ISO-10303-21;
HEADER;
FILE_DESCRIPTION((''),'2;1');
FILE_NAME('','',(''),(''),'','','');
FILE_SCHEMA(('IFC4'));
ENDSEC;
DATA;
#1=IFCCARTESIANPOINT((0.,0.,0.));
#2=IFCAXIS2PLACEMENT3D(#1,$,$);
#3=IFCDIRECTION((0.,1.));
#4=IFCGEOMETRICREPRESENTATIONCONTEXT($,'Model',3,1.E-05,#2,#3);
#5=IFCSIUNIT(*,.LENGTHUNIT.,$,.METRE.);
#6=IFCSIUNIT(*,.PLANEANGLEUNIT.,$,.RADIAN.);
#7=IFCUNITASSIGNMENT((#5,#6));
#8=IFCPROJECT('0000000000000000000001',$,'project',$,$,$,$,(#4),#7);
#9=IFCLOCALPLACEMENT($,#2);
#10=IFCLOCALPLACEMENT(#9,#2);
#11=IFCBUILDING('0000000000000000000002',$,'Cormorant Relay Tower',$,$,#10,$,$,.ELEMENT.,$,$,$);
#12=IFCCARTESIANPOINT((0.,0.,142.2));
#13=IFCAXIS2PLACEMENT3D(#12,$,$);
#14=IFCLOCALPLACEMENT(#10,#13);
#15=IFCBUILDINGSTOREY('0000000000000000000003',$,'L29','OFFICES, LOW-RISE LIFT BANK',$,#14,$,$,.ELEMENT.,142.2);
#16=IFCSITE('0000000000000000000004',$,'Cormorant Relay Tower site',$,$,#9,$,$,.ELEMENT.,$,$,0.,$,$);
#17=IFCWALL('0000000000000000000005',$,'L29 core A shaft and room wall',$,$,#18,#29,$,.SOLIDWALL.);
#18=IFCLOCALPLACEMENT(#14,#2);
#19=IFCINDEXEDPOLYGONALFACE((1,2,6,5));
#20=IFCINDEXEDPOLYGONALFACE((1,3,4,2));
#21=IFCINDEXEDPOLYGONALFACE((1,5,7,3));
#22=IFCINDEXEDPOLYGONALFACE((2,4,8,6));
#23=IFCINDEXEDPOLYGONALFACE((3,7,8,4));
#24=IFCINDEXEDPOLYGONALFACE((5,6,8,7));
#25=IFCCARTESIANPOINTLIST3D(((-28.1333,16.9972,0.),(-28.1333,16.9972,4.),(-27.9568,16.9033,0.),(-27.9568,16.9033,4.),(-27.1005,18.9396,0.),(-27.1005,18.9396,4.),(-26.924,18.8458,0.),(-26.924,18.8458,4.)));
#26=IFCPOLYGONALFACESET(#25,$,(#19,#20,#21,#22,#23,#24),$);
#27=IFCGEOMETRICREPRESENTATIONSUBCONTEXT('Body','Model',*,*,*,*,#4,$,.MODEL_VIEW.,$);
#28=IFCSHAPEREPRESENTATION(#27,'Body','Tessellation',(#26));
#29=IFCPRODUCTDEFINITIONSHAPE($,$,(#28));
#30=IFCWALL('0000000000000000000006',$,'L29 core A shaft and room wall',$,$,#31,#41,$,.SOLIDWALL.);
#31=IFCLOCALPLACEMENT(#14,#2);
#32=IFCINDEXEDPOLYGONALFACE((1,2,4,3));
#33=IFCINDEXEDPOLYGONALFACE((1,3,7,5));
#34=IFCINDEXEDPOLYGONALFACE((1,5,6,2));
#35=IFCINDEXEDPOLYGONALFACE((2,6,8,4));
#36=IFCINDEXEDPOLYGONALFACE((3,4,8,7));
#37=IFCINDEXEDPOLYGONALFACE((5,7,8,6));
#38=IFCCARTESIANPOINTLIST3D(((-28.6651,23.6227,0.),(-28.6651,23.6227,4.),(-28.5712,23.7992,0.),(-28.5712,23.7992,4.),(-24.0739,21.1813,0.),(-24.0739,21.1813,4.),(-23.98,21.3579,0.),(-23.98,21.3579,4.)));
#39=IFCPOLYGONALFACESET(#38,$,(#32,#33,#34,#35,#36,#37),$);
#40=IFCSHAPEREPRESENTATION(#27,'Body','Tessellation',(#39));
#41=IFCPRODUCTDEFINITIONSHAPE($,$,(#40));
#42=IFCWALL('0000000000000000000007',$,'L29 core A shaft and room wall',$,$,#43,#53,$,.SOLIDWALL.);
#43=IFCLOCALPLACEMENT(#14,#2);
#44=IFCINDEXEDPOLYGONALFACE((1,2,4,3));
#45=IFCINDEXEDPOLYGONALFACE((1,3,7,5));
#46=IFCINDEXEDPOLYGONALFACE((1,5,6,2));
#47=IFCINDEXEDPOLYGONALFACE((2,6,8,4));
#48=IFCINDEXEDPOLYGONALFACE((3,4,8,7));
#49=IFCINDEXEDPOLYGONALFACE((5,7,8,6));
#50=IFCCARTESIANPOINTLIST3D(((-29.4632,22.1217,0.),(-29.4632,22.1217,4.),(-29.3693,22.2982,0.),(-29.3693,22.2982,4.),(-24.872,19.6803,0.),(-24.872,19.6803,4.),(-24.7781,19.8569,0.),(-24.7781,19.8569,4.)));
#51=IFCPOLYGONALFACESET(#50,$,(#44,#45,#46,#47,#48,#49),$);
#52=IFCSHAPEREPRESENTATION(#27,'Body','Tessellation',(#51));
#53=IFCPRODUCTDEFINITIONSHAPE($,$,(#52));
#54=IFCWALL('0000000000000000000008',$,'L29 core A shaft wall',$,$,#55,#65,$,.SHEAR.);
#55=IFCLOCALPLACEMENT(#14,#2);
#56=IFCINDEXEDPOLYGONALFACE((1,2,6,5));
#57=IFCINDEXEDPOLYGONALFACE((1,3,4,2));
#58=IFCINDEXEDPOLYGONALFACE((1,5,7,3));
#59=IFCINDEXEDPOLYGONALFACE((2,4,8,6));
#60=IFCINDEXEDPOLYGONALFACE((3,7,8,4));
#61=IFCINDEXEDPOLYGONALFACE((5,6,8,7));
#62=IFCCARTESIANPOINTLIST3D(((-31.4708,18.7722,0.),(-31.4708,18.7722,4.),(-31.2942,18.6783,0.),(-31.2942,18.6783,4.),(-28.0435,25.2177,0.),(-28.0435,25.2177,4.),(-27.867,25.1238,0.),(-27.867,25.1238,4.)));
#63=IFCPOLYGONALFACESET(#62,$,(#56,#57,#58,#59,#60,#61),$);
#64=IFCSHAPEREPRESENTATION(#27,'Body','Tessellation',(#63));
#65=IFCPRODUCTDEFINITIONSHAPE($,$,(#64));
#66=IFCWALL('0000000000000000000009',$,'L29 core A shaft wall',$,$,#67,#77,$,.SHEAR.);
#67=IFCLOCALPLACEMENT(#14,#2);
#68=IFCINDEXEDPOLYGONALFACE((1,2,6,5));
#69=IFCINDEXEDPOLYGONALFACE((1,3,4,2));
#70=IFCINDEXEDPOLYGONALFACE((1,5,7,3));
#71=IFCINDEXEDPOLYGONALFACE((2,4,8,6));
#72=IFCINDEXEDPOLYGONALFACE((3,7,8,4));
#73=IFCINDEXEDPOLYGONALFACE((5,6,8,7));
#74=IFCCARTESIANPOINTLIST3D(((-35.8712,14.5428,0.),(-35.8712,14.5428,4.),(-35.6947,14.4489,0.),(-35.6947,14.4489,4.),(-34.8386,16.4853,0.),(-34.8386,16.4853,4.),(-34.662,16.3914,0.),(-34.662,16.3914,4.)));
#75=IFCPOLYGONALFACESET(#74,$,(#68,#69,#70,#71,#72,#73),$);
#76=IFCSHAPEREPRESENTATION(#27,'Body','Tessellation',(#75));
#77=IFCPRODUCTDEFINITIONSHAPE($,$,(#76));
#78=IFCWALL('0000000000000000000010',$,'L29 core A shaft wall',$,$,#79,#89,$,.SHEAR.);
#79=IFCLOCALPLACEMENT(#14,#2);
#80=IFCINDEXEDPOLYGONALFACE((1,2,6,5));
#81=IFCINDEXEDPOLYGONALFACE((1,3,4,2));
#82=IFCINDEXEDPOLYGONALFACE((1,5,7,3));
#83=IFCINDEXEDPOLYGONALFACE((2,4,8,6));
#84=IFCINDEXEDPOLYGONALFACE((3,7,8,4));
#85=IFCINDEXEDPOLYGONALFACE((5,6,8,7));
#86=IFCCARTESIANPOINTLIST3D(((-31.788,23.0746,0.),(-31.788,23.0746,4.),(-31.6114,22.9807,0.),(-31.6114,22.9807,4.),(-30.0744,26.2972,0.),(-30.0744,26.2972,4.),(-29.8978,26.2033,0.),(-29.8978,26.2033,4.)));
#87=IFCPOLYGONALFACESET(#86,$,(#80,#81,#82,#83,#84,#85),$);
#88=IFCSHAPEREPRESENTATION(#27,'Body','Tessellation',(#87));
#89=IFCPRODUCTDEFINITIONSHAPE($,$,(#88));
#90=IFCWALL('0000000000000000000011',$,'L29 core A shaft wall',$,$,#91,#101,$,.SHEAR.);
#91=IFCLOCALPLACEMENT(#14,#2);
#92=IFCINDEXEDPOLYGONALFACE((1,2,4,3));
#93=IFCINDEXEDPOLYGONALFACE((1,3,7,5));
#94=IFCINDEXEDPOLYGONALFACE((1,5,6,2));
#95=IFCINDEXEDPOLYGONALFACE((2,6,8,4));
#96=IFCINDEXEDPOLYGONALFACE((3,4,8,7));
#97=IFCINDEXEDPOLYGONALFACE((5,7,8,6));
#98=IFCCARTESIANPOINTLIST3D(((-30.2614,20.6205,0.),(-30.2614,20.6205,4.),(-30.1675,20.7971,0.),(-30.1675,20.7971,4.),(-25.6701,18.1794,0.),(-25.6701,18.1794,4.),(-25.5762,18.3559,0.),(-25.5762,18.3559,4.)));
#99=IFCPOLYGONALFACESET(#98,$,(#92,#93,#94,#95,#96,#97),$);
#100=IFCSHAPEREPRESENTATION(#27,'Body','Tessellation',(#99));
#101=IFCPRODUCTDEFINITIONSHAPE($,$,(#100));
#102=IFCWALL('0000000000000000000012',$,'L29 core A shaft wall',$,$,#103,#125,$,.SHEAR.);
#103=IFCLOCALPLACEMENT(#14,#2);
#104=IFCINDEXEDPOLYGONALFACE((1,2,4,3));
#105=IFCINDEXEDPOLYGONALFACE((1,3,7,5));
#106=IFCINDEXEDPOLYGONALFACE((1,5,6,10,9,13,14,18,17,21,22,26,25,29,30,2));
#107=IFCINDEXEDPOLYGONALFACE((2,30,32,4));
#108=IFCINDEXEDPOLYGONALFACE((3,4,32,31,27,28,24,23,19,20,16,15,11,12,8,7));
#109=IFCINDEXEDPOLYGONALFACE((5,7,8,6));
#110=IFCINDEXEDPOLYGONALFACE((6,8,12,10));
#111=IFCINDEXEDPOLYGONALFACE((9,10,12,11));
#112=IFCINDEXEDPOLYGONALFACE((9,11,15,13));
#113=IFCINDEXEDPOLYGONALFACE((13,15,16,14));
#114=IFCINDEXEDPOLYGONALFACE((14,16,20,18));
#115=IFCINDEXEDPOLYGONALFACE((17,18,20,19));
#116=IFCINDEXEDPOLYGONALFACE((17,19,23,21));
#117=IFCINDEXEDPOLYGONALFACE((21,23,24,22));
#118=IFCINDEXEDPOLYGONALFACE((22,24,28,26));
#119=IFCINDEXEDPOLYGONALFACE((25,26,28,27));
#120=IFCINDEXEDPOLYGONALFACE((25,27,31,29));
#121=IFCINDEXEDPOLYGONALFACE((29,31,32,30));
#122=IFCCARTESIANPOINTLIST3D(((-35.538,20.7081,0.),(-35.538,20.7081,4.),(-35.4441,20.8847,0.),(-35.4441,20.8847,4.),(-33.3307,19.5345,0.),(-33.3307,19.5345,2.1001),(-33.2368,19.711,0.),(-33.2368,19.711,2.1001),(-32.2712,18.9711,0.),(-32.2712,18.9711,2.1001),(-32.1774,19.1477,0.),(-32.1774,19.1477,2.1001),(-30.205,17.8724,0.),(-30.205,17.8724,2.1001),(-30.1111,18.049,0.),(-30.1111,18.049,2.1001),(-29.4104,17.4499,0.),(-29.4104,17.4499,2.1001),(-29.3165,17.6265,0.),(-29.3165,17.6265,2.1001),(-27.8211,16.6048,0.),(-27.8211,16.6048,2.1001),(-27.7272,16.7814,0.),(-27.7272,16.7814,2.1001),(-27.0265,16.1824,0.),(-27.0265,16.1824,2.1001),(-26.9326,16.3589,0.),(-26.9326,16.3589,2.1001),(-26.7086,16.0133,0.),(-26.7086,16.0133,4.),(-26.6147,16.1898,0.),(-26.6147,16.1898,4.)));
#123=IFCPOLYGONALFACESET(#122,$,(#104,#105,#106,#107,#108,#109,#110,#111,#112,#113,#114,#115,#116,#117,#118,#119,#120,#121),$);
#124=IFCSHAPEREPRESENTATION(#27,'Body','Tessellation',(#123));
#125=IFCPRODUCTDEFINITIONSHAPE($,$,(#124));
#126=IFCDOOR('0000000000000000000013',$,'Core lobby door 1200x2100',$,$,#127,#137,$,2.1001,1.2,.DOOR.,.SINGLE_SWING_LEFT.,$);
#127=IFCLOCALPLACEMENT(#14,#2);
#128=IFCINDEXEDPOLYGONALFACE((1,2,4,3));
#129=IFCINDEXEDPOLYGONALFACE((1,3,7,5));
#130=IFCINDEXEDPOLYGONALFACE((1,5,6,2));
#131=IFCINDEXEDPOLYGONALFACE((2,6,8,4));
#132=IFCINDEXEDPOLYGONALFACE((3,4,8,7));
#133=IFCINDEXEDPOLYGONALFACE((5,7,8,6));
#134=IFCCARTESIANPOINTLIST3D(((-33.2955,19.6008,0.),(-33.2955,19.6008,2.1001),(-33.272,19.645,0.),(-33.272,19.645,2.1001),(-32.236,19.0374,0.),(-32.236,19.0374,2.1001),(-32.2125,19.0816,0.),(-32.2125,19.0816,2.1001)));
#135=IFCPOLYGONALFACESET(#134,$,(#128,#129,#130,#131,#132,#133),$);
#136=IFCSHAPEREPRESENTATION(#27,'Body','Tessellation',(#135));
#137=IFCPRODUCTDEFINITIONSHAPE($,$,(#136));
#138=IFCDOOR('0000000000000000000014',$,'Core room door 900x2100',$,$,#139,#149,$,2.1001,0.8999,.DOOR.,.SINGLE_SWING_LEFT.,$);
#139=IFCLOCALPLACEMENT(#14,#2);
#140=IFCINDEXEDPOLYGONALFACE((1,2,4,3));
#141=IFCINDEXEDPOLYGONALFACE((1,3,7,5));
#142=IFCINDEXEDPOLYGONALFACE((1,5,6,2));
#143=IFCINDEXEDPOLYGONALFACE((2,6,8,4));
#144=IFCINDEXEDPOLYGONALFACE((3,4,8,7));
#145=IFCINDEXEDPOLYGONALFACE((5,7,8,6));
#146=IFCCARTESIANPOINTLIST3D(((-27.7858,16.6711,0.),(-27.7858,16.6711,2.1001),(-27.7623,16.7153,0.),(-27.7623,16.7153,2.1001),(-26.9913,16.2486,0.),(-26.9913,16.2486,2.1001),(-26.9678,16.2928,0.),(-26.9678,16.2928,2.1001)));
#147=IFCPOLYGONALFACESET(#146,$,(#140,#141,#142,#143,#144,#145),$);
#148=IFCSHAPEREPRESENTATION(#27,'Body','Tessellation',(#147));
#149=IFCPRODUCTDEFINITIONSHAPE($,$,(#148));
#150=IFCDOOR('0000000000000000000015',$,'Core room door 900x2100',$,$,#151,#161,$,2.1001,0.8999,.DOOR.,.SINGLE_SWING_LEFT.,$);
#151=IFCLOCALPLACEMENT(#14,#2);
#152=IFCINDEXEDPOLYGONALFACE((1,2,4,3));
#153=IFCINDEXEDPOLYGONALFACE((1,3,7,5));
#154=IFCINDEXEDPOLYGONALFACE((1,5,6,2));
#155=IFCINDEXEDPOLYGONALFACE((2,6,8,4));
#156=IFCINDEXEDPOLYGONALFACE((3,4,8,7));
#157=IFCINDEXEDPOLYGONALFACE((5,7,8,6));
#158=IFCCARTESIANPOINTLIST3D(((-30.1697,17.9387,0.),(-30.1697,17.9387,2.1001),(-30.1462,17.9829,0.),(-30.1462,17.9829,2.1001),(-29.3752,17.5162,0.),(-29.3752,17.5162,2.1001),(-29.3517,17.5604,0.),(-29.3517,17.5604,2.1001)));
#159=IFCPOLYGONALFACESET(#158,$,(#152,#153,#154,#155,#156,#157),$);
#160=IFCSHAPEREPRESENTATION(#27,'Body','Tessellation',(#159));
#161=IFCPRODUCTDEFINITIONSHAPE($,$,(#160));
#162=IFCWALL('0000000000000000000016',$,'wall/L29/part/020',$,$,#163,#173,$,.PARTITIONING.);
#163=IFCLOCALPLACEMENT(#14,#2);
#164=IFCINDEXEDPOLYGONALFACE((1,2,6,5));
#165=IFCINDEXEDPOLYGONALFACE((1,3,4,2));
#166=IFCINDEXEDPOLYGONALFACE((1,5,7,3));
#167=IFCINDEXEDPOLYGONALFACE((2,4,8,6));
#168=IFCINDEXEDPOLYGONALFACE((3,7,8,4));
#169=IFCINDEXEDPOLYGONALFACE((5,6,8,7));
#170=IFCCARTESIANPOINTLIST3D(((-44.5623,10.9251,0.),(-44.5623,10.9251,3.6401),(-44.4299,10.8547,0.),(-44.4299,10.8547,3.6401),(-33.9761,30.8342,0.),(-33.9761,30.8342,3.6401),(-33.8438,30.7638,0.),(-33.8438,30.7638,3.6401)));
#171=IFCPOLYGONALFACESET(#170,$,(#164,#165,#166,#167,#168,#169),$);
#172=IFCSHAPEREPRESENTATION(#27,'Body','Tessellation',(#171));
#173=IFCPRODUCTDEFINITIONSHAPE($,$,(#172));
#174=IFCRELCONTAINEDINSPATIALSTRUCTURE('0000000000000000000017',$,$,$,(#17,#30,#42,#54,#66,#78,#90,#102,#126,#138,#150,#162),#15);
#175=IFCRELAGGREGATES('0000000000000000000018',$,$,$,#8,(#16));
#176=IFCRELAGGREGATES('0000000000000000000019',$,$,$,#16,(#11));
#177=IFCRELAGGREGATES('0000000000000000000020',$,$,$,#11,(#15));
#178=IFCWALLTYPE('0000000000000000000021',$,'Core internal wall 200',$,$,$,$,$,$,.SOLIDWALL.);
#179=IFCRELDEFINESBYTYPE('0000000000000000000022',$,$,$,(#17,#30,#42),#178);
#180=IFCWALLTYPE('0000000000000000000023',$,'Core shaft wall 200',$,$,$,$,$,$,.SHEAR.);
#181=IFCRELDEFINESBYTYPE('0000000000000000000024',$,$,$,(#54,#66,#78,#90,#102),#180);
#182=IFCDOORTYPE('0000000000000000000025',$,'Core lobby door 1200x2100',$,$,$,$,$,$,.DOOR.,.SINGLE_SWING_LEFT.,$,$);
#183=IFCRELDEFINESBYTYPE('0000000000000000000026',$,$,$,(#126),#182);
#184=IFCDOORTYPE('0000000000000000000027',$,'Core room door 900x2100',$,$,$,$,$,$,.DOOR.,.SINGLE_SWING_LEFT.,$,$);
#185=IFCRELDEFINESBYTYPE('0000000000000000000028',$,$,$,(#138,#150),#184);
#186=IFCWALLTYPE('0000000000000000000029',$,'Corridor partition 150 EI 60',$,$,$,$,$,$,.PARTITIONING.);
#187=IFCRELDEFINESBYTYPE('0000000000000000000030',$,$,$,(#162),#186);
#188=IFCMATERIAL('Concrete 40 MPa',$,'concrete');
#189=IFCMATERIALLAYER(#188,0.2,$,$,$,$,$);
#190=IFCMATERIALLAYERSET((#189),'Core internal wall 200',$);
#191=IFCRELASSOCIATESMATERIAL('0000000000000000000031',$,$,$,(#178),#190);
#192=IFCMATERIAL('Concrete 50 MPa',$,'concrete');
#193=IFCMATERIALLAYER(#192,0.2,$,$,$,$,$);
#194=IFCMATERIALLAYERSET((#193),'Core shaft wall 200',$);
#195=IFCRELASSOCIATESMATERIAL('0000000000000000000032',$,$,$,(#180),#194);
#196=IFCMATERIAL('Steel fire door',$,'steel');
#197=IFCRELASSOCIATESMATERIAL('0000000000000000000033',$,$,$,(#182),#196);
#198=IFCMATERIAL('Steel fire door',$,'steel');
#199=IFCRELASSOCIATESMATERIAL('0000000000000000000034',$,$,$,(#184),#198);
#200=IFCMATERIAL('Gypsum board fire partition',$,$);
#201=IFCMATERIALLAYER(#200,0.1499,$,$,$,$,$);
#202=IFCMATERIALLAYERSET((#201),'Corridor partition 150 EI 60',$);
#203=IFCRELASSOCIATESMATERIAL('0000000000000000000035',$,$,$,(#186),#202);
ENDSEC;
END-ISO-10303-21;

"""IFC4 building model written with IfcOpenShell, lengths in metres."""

from ifc_helpers import new_model, si_unit, direction, frame, frame_2d, origin, place, context, subcontext, project, spatial, rectangle, extrude, material, layer, layer_set, type_object, element, fill, save


model = new_model("IFC4")

# Units and contexts
model_context = context("Model", 3, precision=1e-05, world=origin(), true_north=direction((0.0, 1.0)))
body_context = subcontext(model_context, "Body", "Model", "MODEL_VIEW")
ifc_project = project(units=[si_unit("LENGTHUNIT", "METRE"), si_unit("PLANEANGLEUNIT", "RADIAN")], contexts=[model_context])

# Site, building, storey
site_placement = place(None, origin())
site = spatial("IfcSite", under=ifc_project, at=site_placement, Name="Cormorant Relay Tower site", CompositionType="ELEMENT", RefElevation=0.0)
building_placement = place(site_placement, origin())
building = spatial("IfcBuilding", under=site, at=building_placement, Name="Cormorant Relay Tower", CompositionType="ELEMENT")
storey_placement = place(building_placement, frame((0.0, 0.0, 142.2)))
storey = spatial("IfcBuildingStorey", under=building, at=storey_placement, Name="L29", Description="OFFICES, LOW-RISE LIFT BANK", CompositionType="ELEMENT", Elevation=142.2)

# Walls
ifc_material_1 = material(Name="Concrete 40 MPa", Category="concrete")
ifc_layer_1 = layer(ifc_material_1, 0.2)
ifc_layer_set_1 = layer_set([ifc_layer_1], Name="Core internal wall 200")
wall_type_1 = type_object("IfcWallType", Name="Core internal wall 200", PredefinedType="SOLIDWALL", material=ifc_layer_set_1)
wall_1_placement = place(storey_placement, frame((-27.0122, 18.8928, 0.0), z_axis=(0.0, 0.0, 1.0), x_axis=(-0.469447, -0.88296, 0.0)))
element("IfcWall", 1, at=wall_1_placement, inside=storey, type_object=wall_type_1, Name="L29 core A shaft and room wall", PredefinedType="SOLIDWALL", context=body_context, shape_type="SweptSolid", body=[
    extrude(rectangle(XDim=2.2, YDim=0.2, at=frame_2d((1.1001, 0.0))), origin(), (0.0, 0.0, 1.0), 4.0),
])
for number, where, z_axis, x_axis, name in (
    (2, (-24.0269, 21.2695, 0.0), (0.0, 0.0, 1.0), (-0.882935, 0.469496, 0.0), "L29 core A shaft and room wall"),
    (3, (-24.825, 19.7686, 0.0), (0.0, 0.0, 1.0), (-0.882935, 0.469496, 0.0), "L29 core A shaft and room wall"),
):
    element("IfcWall", number, at=place(storey_placement, frame(where, z_axis=z_axis, x_axis=x_axis)), inside=storey, type_object=wall_type_1, Name=name, PredefinedType="SOLIDWALL", context=body_context, shape_type="SweptSolid", body=[
        extrude(rectangle(XDim=5.2, YDim=0.2, at=frame_2d((2.6001, 0.0))), origin(), (0.0, 0.0, 1.0), 4.0),
    ])
ifc_material_2 = material(Name="Concrete 50 MPa", Category="concrete")
ifc_layer_2 = layer(ifc_material_2, 0.2)
ifc_layer_set_2 = layer_set([ifc_layer_2], Name="Core shaft wall 200")
wall_type_2 = type_object("IfcWallType", Name="Core shaft wall 200", PredefinedType="SHEAR", material=ifc_layer_set_2)
wall_2_placement = place(storey_placement, frame((-27.9553, 25.1707, 0.0), z_axis=(0.0, 0.0, 1.0), x_axis=(-0.46948, -0.882943, 0.0)))
element("IfcWall", 4, at=wall_2_placement, inside=storey, type_object=wall_type_2, Name="L29 core A shaft wall", PredefinedType="SHEAR", context=body_context, shape_type="SweptSolid", body=[
    extrude(rectangle(XDim=7.3, YDim=0.2, at=frame_2d((3.6499, 0.0))), origin(), (0.0, 0.0, 1.0), 4.0),
])
wall_3_placement = place(storey_placement, frame((-34.7502, 16.4385, 0.0), z_axis=(0.0, 0.0, 1.0), x_axis=(-0.469401, -0.882985, 0.0)))
element("IfcWall", 5, at=wall_3_placement, inside=storey, type_object=wall_type_2, Name="L29 core A shaft wall", PredefinedType="SHEAR", context=body_context, shape_type="SweptSolid", body=[
    extrude(rectangle(XDim=2.2, YDim=0.2, at=frame_2d((1.1001, 0.0))), origin(), (0.0, 0.0, 1.0), 4.0),
])
wall_4_placement = place(storey_placement, frame((-29.9861, 26.2502, 0.0), z_axis=(0.0, 0.0, 1.0), x_axis=(-0.469494, -0.882936, 0.0)))
element("IfcWall", 6, at=wall_4_placement, inside=storey, type_object=wall_type_2, Name="L29 core A shaft wall", PredefinedType="SHEAR", context=body_context, shape_type="SweptSolid", body=[
    extrude(rectangle(XDim=3.6499, YDim=0.2, at=frame_2d((1.825, 0.0))), origin(), (0.0, 0.0, 1.0), 4.0),
])

# Wall
wall_5_placement = place(storey_placement, frame((-25.623, 18.2676, 0.0), z_axis=(0.0, 0.0, 1.0), x_axis=(-0.882954, 0.46946, 0.0)))
element("IfcWall", 7, at=wall_5_placement, inside=storey, type_object=wall_type_2, Name="L29 core A shaft wall", PredefinedType="SHEAR", context=body_context, shape_type="SweptSolid", body=[
    extrude(rectangle(XDim=5.2, YDim=0.2, at=frame_2d((2.6001, 0.0))), origin(), (0.0, 0.0, 1.0), 4.0),
])

# Wall, openings, doors
wall_6_placement = place(storey_placement, frame((-26.6616, 16.1016, 0.0), z_axis=(0.0, 0.0, 1.0), x_axis=(-0.88294, 0.469485, 0.0)))
wall_6 = element("IfcWall", 8, at=wall_6_placement, inside=storey, type_object=wall_type_2, Name="L29 core A shaft wall", PredefinedType="SHEAR", context=body_context, shape_type="SweptSolid", body=[
    extrude(rectangle(XDim=10.0, YDim=0.2, at=frame_2d((5.0, 0.0))), origin(), (0.0, 0.0, 1.0), 4.0),
])
opening_1_placement = place(wall_6_placement, frame((6.3, 0.0, 0.0)))
opening_1 = element("IfcOpeningElement", 9, at=opening_1_placement, cuts=wall_6, PredefinedType="OPENING", context=body_context, shape_type="SweptSolid", body=[
    extrude(rectangle(XDim=1.2, YDim=2.1001, at=frame_2d((0.6001, 1.05))), frame((0.0, 0.1099, 0.0), z_axis=(0.0, -1.0, 0.0), x_axis=(1.0, 0.0, 0.0)), (0.0, 0.0, 1.0), 0.22),
])
opening_2_placement = place(wall_6_placement, frame((0.3601, 0.0, 0.0)))
opening_2 = element("IfcOpeningElement", 10, at=opening_2_placement, cuts=wall_6, PredefinedType="OPENING", context=body_context, shape_type="SweptSolid", body=[
    extrude(rectangle(XDim=0.8999, YDim=2.1001, at=frame_2d((0.45, 1.05))), frame((0.0, 0.1099, 0.0), z_axis=(0.0, -1.0, 0.0), x_axis=(1.0, 0.0, 0.0)), (0.0, 0.0, 1.0), 0.22),
])
opening_3_placement = place(wall_6_placement, frame((3.0601, 0.0, 0.0)))
opening_3 = element("IfcOpeningElement", 11, at=opening_3_placement, cuts=wall_6, PredefinedType="OPENING", context=body_context, shape_type="SweptSolid", body=[
    extrude(rectangle(XDim=0.8999, YDim=2.1001, at=frame_2d((0.45, 1.05))), frame((0.0, 0.1099, 0.0), z_axis=(0.0, -1.0, 0.0), x_axis=(1.0, 0.0, 0.0)), (0.0, 0.0, 1.0), 0.22),
])
ifc_material_3 = material(Name="Steel fire door", Category="steel")
door_type_1 = type_object("IfcDoorType", Name="Core lobby door 1200x2100", OperationType="SINGLE_SWING_LEFT", PredefinedType="DOOR", material=ifc_material_3)
door_1_placement = place(opening_1_placement, origin())
door_1 = element("IfcDoor", 12, at=door_1_placement, inside=storey, type_object=door_type_1, Name="Core lobby door 1200x2100", OperationType="SINGLE_SWING_LEFT", OverallHeight=2.1001, OverallWidth=1.2, PredefinedType="DOOR", context=body_context, shape_type="SweptSolid", body=[
    extrude(rectangle(XDim=1.2, YDim=2.1001, at=frame_2d((0.6001, 1.05))), frame((0.0, 0.0249, 0.0), z_axis=(0.0, -1.0, 0.0), x_axis=(1.0, 0.0, 0.0)), (0.0, 0.0, 1.0), 0.05),
])
fill(opening_1, door_1)
ifc_material_4 = material(Name="Steel fire door", Category="steel")
door_type_2 = type_object("IfcDoorType", Name="Core room door 900x2100", OperationType="SINGLE_SWING_LEFT", PredefinedType="DOOR", material=ifc_material_4)
door_2_placement = place(opening_2_placement, origin())
door_2 = element("IfcDoor", 13, at=door_2_placement, inside=storey, type_object=door_type_2, Name="Core room door 900x2100", OperationType="SINGLE_SWING_LEFT", OverallHeight=2.1001, OverallWidth=0.8999, PredefinedType="DOOR", context=body_context, shape_type="SweptSolid", body=[
    extrude(rectangle(XDim=0.8999, YDim=2.1001, at=frame_2d((0.45, 1.05))), frame((0.0, 0.0249, 0.0), z_axis=(0.0, -1.0, 0.0), x_axis=(1.0, 0.0, 0.0)), (0.0, 0.0, 1.0), 0.05),
])
fill(opening_2, door_2)
door_3_placement = place(opening_3_placement, origin())
door_3 = element("IfcDoor", 14, at=door_3_placement, inside=storey, type_object=door_type_2, Name="Core room door 900x2100", OperationType="SINGLE_SWING_LEFT", OverallHeight=2.1001, OverallWidth=0.8999, PredefinedType="DOOR", context=body_context, shape_type="SweptSolid", body=[
    extrude(rectangle(XDim=0.8999, YDim=2.1001, at=frame_2d((0.45, 1.05))), frame((0.0, 0.0249, 0.0), z_axis=(0.0, -1.0, 0.0), x_axis=(1.0, 0.0, 0.0)), (0.0, 0.0, 1.0), 0.05),
])
fill(opening_3, door_3)

# Wall
ifc_material_5 = material(Name="Gypsum board fire partition")
ifc_layer_3 = layer(ifc_material_5, 0.1499)
ifc_layer_set_3 = layer_set([ifc_layer_3], Name="Corridor partition 150 EI 60")
wall_type_3 = type_object("IfcWallType", Name="Corridor partition 150 EI 60", PredefinedType="PARTITIONING", material=ifc_layer_set_3)
wall_7_placement = place(storey_placement, frame((-33.9099, 30.7991, 0.0), z_axis=(0.0, 0.0, 1.0), x_axis=(-0.469481, -0.882942, 0.0)))
element("IfcWall", 15, at=wall_7_placement, inside=storey, type_object=wall_type_3, Name="wall/L29/part/020", PredefinedType="PARTITIONING", context=body_context, shape_type="SweptSolid", body=[
    extrude(rectangle(XDim=22.5486, YDim=0.1499, at=frame_2d((11.2744, 0.0))), origin(), (0.0, 0.0, 1.0), 3.6401),
])

save(model, "model.ifc")
